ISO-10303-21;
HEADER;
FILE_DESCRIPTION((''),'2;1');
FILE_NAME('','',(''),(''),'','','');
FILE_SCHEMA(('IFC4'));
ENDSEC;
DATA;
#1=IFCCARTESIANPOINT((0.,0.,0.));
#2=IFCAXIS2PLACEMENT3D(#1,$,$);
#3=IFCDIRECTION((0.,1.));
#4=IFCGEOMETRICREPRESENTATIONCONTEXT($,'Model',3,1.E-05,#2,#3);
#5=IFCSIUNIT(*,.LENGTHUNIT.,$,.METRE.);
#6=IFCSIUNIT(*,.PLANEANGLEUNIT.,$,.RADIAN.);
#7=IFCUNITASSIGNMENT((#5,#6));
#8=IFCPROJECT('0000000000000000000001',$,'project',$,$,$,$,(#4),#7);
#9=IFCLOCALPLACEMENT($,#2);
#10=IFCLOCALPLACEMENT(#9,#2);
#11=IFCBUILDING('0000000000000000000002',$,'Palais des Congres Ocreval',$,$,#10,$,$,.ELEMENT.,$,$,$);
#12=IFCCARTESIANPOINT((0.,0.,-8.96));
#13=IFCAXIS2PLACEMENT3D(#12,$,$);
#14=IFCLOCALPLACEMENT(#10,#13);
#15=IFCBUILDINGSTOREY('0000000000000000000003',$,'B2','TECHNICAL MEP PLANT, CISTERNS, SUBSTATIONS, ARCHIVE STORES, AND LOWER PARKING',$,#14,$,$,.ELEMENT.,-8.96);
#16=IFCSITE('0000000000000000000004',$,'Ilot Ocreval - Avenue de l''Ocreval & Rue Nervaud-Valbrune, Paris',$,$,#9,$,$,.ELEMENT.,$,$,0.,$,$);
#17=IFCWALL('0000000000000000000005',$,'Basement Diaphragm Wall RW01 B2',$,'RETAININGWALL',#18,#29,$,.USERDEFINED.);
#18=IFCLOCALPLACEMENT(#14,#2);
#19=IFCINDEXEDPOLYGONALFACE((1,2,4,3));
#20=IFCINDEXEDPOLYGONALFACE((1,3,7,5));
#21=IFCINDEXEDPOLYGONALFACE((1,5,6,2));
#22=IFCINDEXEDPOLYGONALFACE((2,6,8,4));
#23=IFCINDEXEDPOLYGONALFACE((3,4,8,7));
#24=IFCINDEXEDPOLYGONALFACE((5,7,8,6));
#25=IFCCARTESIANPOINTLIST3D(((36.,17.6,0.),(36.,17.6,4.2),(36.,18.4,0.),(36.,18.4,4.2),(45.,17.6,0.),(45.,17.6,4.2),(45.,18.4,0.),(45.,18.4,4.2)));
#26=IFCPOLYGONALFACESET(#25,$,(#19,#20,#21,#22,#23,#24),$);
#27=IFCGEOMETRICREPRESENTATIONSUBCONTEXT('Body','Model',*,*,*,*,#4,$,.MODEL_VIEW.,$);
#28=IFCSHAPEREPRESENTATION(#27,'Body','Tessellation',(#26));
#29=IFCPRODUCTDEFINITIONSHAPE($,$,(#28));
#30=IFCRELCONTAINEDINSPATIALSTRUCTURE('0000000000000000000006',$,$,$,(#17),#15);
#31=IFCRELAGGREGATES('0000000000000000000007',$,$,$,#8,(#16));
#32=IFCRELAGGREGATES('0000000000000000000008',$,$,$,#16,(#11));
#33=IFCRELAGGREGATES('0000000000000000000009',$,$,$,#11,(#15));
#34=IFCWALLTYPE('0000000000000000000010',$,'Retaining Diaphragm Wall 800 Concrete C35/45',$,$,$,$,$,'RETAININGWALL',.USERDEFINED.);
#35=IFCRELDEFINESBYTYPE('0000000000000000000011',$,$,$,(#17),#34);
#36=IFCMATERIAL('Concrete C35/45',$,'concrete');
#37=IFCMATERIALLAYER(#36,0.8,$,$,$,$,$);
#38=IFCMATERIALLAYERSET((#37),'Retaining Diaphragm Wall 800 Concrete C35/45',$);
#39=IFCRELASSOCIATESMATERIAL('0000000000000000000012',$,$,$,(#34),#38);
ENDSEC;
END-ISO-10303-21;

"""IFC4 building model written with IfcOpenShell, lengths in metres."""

from ifc_helpers import new_model, si_unit, direction, frame, frame_2d, origin, place, context, subcontext, project, spatial, rectangle, extrude, material, layer, layer_set, type_object, element, save


model = new_model("IFC4")

# Units and contexts
model_context = context("Model", 3, precision=1e-05, world=origin(), true_north=direction((0.0, 1.0)))
body_context = subcontext(model_context, "Body", "Model", "MODEL_VIEW")
ifc_project = project(units=[si_unit("LENGTHUNIT", "METRE"), si_unit("PLANEANGLEUNIT", "RADIAN")], contexts=[model_context])

# Site, building, storey
site_placement = place(None, origin())
site = spatial("IfcSite", under=ifc_project, at=site_placement, Name="Ilot Ocreval - Avenue de l'Ocreval & Rue Nervaud-Valbrune, Paris", CompositionType="ELEMENT", RefElevation=0.0)
building_placement = place(site_placement, origin())
building = spatial("IfcBuilding", under=site, at=building_placement, Name="Palais des Congres Ocreval", CompositionType="ELEMENT")
storey_placement = place(building_placement, frame((0.0, 0.0, -8.96)))
storey = spatial("IfcBuildingStorey", under=building, at=storey_placement, Name="B2", Description="TECHNICAL MEP PLANT, CISTERNS, SUBSTATIONS, ARCHIVE STORES, AND LOWER PARKING", CompositionType="ELEMENT", Elevation=-8.96)

# Shared definitions
ifc_material_1 = material(Name="Concrete C35/45", Category="concrete")

# Wall
ifc_layer = layer(ifc_material_1, 0.8)
ifc_layer_set = layer_set([ifc_layer], Name="Retaining Diaphragm Wall 800 Concrete C35/45")
wall_type = type_object("IfcWallType", Name="Retaining Diaphragm Wall 800 Concrete C35/45", ElementType="RETAININGWALL", PredefinedType="USERDEFINED", material=ifc_layer_set)
for number, where, z_axis, x_axis, name in (
    (1, (36.0, 18.0, 0.0), (0.0, 0.0, 1.0), (1.0, 0.0, 0.0), "Basement Diaphragm Wall RW01 B2"),
):
    element("IfcWall", number, at=place(storey_placement, frame(where, z_axis=z_axis, x_axis=x_axis)), inside=storey, type_object=wall_type, Name=name, ObjectType="RETAININGWALL", PredefinedType="USERDEFINED", context=body_context, shape_type="SweptSolid", body=[
        extrude(rectangle(XDim=9.0, YDim=0.8, at=frame_2d((4.5, 0.0))), origin(), (0.0, 0.0, 1.0), 4.2),
    ])

save(model, "model.ifc")
